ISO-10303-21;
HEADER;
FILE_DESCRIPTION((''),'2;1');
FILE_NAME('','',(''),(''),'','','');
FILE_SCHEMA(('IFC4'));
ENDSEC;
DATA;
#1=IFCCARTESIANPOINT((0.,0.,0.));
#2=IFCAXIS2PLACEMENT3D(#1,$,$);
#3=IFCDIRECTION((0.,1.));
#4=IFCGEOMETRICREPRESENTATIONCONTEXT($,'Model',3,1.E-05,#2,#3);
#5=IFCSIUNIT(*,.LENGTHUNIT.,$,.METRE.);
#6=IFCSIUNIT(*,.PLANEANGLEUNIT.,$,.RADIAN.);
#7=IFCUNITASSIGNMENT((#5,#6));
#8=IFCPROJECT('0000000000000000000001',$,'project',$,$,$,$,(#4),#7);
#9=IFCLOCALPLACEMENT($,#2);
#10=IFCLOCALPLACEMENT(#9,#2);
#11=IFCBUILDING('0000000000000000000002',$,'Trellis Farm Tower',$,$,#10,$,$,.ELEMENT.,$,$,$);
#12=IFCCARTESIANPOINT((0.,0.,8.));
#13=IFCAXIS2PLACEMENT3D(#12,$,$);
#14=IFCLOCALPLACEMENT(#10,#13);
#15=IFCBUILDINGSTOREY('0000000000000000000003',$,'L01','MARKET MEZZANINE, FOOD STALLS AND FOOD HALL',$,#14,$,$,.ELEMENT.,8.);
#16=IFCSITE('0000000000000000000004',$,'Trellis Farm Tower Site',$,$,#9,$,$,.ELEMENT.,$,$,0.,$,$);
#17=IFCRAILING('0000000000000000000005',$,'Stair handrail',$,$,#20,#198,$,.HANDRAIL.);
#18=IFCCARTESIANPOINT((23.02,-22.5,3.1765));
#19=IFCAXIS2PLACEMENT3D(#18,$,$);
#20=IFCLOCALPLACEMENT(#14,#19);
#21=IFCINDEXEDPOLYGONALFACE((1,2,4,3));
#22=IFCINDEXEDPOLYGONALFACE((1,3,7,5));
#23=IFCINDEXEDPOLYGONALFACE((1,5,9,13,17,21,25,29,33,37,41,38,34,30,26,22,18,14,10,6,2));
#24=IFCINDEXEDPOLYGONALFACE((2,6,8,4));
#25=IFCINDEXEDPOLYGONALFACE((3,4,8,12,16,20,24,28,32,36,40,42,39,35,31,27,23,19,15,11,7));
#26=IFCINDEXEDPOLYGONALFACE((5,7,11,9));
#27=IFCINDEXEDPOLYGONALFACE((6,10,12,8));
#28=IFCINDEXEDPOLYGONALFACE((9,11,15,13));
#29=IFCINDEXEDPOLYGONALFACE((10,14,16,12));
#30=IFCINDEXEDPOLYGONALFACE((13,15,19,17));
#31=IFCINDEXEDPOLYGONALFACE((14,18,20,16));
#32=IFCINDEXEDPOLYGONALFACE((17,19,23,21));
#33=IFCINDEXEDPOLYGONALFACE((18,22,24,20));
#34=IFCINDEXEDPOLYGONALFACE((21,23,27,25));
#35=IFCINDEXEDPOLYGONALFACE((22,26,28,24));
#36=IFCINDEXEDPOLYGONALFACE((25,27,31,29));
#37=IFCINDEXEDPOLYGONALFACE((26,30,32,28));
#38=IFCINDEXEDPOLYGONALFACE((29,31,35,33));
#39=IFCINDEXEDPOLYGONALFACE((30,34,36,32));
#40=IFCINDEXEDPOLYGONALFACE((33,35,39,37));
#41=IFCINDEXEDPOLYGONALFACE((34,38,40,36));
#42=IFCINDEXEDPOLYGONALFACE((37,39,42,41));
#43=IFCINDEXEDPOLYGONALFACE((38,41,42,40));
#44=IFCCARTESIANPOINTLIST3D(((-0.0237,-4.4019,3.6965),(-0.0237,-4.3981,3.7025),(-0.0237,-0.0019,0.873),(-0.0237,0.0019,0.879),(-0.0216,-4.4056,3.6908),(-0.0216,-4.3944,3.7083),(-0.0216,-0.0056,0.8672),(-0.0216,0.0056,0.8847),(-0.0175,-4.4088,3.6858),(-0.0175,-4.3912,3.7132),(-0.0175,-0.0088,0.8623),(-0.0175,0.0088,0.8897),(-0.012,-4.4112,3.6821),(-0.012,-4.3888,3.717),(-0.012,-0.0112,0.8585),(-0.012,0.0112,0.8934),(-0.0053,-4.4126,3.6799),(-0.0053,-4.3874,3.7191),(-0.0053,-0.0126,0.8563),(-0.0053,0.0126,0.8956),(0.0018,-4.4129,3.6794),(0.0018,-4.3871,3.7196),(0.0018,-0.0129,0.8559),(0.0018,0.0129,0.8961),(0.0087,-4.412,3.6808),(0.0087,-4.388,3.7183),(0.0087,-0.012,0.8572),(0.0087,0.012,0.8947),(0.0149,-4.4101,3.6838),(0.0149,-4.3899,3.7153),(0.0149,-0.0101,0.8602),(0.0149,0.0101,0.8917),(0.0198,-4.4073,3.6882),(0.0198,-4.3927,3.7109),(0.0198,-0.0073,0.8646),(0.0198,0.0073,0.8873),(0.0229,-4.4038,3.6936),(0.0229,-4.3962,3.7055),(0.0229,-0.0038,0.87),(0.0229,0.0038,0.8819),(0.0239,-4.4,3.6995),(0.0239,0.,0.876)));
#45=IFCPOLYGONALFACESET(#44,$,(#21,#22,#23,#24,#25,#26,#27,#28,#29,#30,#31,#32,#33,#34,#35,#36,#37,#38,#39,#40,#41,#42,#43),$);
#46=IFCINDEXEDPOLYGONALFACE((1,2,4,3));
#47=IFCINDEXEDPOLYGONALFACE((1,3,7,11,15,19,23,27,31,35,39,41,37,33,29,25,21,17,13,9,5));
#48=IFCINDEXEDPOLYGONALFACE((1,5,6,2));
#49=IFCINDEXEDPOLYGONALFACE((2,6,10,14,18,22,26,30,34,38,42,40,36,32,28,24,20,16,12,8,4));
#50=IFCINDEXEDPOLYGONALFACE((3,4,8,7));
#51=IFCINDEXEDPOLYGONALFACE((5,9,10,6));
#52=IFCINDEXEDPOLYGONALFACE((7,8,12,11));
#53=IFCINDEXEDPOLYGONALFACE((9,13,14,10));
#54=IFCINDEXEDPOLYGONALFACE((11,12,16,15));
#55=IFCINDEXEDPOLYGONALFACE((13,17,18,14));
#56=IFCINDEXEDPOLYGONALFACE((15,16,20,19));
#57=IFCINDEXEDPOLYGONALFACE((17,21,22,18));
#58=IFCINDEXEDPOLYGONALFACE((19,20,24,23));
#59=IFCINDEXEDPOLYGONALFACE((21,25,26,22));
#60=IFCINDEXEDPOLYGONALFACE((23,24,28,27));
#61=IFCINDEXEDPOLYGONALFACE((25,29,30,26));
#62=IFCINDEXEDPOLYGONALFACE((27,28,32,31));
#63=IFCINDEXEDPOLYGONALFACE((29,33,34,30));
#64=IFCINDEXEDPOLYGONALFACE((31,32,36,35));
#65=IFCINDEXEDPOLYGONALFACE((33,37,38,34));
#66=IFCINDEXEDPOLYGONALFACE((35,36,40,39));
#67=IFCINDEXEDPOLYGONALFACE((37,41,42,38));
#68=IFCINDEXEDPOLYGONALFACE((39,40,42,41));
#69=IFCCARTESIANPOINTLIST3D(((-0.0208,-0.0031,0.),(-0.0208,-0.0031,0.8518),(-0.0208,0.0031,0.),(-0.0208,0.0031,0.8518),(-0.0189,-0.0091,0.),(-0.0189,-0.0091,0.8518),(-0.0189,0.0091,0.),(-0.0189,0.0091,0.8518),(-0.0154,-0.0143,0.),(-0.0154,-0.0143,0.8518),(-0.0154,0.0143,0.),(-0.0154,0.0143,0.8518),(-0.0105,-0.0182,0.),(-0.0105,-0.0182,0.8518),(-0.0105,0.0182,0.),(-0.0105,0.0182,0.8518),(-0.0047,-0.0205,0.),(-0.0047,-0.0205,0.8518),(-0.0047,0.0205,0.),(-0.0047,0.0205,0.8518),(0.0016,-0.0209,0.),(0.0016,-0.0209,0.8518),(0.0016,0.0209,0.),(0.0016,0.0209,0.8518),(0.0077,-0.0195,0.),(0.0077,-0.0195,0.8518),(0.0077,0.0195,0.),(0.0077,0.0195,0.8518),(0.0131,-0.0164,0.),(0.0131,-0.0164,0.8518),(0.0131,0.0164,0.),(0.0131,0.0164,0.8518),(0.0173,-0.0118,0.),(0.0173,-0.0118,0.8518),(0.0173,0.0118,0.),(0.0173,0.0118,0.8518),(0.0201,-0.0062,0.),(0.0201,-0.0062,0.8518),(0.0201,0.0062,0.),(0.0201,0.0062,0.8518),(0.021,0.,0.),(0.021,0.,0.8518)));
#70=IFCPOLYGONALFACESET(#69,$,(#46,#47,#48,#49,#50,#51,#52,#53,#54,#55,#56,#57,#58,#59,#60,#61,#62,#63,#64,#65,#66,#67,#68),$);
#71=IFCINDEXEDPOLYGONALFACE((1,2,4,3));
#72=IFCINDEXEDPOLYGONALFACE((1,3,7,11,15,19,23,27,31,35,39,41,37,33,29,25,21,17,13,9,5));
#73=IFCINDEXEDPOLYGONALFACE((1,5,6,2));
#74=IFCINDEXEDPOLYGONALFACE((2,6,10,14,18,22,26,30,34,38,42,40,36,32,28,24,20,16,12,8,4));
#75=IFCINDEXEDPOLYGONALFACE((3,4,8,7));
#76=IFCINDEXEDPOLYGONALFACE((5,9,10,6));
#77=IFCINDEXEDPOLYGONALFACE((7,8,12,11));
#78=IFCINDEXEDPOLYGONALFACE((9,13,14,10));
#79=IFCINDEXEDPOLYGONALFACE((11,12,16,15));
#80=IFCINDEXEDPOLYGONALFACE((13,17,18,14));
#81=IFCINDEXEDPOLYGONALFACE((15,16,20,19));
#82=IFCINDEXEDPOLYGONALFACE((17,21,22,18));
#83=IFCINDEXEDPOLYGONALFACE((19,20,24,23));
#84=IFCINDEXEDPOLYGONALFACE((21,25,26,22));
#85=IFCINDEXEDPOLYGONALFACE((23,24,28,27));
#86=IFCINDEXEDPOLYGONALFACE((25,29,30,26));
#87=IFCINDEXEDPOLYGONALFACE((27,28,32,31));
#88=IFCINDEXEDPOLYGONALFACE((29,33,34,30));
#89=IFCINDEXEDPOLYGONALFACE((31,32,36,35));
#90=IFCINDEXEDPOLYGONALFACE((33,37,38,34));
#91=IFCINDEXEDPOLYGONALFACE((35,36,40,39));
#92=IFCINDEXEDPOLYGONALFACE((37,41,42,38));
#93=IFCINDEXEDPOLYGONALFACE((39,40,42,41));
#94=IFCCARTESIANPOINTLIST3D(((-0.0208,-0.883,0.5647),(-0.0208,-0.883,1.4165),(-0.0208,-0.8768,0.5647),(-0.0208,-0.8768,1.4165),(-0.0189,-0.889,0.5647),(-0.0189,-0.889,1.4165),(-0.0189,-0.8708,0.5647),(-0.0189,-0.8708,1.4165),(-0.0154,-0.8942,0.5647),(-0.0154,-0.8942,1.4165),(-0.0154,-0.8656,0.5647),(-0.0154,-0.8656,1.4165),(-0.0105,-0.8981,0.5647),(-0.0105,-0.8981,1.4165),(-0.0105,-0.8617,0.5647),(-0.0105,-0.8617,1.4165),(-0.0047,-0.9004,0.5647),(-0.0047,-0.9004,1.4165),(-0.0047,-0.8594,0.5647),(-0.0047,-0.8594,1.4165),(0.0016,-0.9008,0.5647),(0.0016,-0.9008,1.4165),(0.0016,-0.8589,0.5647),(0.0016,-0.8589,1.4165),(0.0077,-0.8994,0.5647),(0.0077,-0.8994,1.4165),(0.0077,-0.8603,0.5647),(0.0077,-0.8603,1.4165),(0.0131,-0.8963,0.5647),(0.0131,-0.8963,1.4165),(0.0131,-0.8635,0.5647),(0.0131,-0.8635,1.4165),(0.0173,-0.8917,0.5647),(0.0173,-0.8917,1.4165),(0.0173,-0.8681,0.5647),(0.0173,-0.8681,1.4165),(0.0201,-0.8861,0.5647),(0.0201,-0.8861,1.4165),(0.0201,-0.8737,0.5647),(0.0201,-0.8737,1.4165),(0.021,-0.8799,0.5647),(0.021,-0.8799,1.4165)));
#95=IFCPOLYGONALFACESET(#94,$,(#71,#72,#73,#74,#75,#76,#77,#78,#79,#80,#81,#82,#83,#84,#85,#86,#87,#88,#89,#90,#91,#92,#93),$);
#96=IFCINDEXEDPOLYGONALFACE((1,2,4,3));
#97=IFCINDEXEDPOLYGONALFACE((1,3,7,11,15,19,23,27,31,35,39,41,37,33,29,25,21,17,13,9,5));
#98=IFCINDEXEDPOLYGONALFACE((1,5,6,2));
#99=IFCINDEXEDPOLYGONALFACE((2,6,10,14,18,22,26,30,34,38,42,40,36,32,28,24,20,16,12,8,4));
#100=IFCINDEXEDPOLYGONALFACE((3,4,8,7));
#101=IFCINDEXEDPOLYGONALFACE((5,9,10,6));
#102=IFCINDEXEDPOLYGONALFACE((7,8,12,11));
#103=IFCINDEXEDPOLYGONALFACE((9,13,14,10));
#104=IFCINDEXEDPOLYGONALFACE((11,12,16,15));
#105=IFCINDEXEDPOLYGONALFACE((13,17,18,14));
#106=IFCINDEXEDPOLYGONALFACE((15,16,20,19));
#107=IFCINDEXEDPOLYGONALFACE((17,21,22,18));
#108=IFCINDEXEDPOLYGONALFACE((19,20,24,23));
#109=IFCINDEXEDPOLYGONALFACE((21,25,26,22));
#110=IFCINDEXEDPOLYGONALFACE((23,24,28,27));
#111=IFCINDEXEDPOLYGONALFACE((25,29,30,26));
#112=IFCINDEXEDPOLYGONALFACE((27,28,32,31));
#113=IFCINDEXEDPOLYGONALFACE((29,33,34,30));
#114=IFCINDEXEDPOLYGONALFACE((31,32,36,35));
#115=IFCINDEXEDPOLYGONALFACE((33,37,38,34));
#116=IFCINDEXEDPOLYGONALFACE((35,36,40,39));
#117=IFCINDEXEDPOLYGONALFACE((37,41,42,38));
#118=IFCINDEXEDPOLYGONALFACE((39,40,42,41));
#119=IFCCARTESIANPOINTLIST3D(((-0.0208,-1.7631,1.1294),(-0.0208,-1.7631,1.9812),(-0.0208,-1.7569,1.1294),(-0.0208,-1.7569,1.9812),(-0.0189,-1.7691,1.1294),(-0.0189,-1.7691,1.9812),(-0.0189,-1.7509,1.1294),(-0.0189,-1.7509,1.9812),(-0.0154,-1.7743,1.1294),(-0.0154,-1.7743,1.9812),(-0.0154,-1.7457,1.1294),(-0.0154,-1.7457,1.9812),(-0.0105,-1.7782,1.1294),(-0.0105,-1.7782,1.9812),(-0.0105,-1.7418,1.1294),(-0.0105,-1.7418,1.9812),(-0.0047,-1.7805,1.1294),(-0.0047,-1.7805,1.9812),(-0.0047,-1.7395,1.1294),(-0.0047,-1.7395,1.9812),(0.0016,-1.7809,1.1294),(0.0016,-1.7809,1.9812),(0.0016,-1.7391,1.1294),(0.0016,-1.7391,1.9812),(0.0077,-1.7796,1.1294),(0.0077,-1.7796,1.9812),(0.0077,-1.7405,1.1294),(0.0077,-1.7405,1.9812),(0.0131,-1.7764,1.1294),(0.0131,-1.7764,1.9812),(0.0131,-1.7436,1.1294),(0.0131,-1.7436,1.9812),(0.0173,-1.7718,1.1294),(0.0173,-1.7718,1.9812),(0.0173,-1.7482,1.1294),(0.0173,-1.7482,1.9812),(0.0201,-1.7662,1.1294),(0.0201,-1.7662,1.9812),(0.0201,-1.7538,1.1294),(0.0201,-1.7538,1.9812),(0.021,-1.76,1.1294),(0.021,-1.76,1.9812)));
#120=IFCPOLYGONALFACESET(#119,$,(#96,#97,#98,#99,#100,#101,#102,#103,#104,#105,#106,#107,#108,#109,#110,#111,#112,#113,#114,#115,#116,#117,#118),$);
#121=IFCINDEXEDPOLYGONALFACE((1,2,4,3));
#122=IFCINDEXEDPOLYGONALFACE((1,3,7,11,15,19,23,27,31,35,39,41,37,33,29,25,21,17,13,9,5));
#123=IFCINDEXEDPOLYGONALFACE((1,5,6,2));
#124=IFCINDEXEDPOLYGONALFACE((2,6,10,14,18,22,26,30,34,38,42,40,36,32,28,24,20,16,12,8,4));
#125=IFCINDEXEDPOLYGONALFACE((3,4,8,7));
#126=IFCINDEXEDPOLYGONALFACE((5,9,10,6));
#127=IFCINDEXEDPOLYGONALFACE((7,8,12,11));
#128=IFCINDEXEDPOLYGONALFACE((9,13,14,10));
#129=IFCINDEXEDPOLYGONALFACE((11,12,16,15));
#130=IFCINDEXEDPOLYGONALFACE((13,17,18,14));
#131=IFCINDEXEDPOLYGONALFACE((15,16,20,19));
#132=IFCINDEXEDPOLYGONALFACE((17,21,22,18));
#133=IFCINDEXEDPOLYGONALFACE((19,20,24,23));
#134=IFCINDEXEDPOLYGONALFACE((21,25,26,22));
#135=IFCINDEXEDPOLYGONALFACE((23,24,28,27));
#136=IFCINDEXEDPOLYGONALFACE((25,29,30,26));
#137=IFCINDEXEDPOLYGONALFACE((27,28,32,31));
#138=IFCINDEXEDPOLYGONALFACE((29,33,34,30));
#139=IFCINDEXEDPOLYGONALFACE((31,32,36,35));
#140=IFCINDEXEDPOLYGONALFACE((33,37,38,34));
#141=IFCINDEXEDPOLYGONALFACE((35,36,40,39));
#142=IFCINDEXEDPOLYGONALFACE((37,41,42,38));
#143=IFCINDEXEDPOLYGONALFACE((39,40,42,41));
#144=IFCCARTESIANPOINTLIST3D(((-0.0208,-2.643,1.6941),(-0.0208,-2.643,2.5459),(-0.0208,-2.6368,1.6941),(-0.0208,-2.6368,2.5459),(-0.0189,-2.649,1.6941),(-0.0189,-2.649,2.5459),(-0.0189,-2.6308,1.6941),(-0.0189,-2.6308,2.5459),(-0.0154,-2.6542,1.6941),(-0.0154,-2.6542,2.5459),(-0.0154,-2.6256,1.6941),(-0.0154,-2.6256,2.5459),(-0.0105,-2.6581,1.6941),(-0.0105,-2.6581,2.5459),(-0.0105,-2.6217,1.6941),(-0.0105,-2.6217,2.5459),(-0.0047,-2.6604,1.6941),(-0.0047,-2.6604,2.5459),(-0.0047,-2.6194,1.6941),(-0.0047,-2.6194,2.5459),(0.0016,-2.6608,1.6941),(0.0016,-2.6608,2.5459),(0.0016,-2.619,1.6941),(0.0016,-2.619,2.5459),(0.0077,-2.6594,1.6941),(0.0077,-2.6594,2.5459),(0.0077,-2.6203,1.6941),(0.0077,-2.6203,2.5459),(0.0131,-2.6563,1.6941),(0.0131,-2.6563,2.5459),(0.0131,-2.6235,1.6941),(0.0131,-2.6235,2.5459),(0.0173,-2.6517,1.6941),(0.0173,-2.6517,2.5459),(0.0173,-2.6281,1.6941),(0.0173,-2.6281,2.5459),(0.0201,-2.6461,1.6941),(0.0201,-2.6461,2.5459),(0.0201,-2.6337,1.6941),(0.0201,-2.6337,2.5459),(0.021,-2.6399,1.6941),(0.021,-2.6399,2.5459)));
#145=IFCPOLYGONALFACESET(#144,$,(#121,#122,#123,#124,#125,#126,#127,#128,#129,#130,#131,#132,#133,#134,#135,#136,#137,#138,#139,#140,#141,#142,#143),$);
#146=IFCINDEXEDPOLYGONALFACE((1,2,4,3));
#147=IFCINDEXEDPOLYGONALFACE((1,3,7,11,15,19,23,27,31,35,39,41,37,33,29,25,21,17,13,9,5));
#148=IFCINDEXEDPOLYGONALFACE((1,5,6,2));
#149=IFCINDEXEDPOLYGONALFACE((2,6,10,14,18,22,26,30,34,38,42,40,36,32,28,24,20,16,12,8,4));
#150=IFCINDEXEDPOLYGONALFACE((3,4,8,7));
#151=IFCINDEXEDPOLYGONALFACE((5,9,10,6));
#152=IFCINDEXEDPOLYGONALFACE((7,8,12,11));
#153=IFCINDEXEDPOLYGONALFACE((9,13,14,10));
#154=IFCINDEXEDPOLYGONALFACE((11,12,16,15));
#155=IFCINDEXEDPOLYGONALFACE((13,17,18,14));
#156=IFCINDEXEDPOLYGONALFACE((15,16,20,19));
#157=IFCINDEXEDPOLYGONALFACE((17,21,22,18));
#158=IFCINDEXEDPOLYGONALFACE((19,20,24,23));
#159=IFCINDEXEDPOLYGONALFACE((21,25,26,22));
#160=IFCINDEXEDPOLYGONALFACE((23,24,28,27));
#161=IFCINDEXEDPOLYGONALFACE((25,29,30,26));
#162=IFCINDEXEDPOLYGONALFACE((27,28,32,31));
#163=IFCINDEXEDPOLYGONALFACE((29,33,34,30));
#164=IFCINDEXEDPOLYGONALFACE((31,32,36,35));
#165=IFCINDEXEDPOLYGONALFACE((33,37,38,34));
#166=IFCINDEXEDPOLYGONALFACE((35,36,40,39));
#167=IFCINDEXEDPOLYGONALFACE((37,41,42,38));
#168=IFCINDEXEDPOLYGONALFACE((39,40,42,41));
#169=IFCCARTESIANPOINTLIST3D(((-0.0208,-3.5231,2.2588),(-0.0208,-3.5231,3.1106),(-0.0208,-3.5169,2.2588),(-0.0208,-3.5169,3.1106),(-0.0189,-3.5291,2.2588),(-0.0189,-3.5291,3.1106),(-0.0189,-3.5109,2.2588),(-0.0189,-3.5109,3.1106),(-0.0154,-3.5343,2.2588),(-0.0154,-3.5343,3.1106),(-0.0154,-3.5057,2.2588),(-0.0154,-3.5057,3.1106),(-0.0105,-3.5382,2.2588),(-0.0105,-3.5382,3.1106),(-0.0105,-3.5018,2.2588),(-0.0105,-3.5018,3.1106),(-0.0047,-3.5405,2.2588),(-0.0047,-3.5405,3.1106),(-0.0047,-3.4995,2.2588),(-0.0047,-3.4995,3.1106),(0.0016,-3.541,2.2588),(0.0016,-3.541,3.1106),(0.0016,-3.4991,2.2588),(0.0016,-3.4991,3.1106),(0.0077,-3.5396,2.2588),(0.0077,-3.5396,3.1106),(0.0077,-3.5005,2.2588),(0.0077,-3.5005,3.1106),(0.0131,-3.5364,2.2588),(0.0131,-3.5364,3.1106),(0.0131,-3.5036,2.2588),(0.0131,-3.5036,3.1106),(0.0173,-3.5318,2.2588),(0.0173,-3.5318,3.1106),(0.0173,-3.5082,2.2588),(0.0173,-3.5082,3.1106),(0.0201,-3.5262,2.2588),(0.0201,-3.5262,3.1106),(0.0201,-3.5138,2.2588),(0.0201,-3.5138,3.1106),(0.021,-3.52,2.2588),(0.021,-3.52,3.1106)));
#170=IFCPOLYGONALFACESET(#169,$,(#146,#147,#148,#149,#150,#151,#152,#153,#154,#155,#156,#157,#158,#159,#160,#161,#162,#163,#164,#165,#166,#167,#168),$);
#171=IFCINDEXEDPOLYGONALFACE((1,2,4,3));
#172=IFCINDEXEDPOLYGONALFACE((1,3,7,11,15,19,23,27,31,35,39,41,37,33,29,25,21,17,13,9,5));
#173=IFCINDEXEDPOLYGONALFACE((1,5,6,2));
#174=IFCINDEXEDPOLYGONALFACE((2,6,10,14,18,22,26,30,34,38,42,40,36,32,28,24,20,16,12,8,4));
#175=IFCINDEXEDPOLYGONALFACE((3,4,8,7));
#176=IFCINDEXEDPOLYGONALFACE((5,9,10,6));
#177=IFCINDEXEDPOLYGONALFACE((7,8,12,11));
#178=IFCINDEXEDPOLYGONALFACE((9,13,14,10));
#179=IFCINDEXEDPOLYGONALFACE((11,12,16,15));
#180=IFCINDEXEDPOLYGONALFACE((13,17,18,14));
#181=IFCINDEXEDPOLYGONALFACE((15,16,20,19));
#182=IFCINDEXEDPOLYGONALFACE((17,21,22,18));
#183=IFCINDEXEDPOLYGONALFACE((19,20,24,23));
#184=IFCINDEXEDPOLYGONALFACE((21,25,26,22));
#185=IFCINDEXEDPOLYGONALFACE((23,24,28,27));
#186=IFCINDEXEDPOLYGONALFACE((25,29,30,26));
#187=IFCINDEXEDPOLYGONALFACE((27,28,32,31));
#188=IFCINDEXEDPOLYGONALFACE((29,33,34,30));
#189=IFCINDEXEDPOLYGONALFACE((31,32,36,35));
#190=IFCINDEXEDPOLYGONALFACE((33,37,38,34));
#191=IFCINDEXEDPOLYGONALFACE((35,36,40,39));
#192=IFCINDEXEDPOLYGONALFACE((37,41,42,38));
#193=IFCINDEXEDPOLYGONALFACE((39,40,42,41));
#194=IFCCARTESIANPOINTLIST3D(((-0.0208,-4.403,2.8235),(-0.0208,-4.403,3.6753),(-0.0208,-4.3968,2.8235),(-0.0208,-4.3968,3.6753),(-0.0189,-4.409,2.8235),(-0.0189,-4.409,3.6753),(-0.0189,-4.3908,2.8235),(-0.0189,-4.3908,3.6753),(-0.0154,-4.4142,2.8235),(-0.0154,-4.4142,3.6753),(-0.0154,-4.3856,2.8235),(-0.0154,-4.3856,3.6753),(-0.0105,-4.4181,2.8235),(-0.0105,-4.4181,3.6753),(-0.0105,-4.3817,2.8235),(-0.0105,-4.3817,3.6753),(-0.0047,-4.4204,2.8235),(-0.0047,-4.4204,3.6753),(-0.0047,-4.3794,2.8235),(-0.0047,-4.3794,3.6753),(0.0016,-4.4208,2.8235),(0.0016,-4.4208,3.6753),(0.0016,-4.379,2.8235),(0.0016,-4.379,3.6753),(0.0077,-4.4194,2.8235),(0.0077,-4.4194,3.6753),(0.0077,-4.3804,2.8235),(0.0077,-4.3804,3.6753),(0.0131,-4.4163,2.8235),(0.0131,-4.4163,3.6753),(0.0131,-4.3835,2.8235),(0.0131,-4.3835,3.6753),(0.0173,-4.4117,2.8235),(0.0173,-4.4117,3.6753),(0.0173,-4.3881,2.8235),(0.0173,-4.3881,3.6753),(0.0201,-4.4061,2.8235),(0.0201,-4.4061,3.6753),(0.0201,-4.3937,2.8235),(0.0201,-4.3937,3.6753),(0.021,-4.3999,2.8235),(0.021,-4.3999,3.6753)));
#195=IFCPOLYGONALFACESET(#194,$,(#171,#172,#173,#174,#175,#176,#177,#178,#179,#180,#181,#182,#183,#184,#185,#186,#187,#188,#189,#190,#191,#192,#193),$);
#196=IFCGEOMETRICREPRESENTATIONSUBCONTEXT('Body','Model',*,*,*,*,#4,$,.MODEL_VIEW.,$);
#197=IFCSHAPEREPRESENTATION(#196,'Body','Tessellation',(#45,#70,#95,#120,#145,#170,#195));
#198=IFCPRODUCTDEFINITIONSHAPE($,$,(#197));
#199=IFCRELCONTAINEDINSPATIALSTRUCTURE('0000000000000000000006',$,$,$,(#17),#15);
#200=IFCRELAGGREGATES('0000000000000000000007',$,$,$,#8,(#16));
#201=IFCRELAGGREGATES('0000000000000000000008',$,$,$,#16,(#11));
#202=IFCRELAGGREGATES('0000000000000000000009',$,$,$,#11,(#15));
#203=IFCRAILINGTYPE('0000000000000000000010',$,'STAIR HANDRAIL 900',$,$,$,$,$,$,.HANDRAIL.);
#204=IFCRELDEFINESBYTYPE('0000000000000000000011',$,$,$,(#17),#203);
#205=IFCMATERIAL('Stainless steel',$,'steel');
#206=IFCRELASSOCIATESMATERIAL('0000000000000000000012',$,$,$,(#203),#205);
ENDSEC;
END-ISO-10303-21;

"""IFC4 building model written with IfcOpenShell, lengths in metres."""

from ifc_helpers import new_model, si_unit, direction, frame, origin, origin_2d, place, context, subcontext, project, spatial, circle, extrude, source, transform, mapped, material, type_object, element, save


model = new_model("IFC4")

# Units and contexts
model_context = context("Model", 3, precision=1e-05, world=origin(), true_north=direction((0.0, 1.0)))
body_context = subcontext(model_context, "Body", "Model", "MODEL_VIEW")
ifc_project = project(units=[si_unit("LENGTHUNIT", "METRE"), si_unit("PLANEANGLEUNIT", "RADIAN")], contexts=[model_context])

# Site, building, storey
site_placement = place(None, origin())
site = spatial("IfcSite", under=ifc_project, at=site_placement, Name="Trellis Farm Tower Site", CompositionType="ELEMENT", RefElevation=0.0)
building_placement = place(site_placement, origin())
building = spatial("IfcBuilding", under=site, at=building_placement, Name="Trellis Farm Tower", CompositionType="ELEMENT")
storey_placement = place(building_placement, frame((0.0, 0.0, 8.0)))
storey = spatial("IfcBuildingStorey", under=building, at=storey_placement, Name="L01", Description="MARKET MEZZANINE, FOOD STALLS AND FOOD HALL", CompositionType="ELEMENT", Elevation=8.0)

# Railing
ifc_material_1 = material(Name="Stainless steel", Category="steel")
railing_type = type_object("IfcRailingType", Name="STAIR HANDRAIL 900", PredefinedType="HANDRAIL", material=ifc_material_1)
shared_shape_1 = source(origin(), body_context, "Body", "SweptSolid", [
    extrude(circle(Radius=0.0239, at=origin_2d()), frame((0.0, 0.0, 0.876), z_axis=(0.0, -0.841615, 0.540078), x_axis=(1.0, 0.0, 0.0)), (0.0, 0.0, 1.0), 5.228),
    extrude(circle(Radius=0.021, at=origin_2d()), origin(), (0.0, 0.0, 1.0), 0.8518),
    extrude(circle(Radius=0.021, at=origin_2d()), frame((0.0, -0.8799, 0.5647)), (0.0, 0.0, 1.0), 0.8518),
    extrude(circle(Radius=0.021, at=origin_2d()), frame((0.0, -1.76, 1.1294)), (0.0, 0.0, 1.0), 0.8518),
    extrude(circle(Radius=0.021, at=origin_2d()), frame((0.0, -2.6399, 1.6941)), (0.0, 0.0, 1.0), 0.8518),
    extrude(circle(Radius=0.021, at=origin_2d()), frame((0.0, -3.52, 2.2588)), (0.0, 0.0, 1.0), 0.8518),
    extrude(circle(Radius=0.021, at=origin_2d()), frame((0.0, -4.3999, 2.8235)), (0.0, 0.0, 1.0), 0.8518),
])
for number, where, name in (
    (1, (23.02, -22.5, 3.1765), "Stair handrail"),
):
    element("IfcRailing", number, at=place(storey_placement, frame(where)), inside=storey, type_object=railing_type, Name=name, PredefinedType="HANDRAIL", context=body_context, shape_type="MappedRepresentation", body=[
        mapped(shared_shape_1, transform((0.0, 0.0, 0.0))),
    ])

save(model, "model.ifc")
